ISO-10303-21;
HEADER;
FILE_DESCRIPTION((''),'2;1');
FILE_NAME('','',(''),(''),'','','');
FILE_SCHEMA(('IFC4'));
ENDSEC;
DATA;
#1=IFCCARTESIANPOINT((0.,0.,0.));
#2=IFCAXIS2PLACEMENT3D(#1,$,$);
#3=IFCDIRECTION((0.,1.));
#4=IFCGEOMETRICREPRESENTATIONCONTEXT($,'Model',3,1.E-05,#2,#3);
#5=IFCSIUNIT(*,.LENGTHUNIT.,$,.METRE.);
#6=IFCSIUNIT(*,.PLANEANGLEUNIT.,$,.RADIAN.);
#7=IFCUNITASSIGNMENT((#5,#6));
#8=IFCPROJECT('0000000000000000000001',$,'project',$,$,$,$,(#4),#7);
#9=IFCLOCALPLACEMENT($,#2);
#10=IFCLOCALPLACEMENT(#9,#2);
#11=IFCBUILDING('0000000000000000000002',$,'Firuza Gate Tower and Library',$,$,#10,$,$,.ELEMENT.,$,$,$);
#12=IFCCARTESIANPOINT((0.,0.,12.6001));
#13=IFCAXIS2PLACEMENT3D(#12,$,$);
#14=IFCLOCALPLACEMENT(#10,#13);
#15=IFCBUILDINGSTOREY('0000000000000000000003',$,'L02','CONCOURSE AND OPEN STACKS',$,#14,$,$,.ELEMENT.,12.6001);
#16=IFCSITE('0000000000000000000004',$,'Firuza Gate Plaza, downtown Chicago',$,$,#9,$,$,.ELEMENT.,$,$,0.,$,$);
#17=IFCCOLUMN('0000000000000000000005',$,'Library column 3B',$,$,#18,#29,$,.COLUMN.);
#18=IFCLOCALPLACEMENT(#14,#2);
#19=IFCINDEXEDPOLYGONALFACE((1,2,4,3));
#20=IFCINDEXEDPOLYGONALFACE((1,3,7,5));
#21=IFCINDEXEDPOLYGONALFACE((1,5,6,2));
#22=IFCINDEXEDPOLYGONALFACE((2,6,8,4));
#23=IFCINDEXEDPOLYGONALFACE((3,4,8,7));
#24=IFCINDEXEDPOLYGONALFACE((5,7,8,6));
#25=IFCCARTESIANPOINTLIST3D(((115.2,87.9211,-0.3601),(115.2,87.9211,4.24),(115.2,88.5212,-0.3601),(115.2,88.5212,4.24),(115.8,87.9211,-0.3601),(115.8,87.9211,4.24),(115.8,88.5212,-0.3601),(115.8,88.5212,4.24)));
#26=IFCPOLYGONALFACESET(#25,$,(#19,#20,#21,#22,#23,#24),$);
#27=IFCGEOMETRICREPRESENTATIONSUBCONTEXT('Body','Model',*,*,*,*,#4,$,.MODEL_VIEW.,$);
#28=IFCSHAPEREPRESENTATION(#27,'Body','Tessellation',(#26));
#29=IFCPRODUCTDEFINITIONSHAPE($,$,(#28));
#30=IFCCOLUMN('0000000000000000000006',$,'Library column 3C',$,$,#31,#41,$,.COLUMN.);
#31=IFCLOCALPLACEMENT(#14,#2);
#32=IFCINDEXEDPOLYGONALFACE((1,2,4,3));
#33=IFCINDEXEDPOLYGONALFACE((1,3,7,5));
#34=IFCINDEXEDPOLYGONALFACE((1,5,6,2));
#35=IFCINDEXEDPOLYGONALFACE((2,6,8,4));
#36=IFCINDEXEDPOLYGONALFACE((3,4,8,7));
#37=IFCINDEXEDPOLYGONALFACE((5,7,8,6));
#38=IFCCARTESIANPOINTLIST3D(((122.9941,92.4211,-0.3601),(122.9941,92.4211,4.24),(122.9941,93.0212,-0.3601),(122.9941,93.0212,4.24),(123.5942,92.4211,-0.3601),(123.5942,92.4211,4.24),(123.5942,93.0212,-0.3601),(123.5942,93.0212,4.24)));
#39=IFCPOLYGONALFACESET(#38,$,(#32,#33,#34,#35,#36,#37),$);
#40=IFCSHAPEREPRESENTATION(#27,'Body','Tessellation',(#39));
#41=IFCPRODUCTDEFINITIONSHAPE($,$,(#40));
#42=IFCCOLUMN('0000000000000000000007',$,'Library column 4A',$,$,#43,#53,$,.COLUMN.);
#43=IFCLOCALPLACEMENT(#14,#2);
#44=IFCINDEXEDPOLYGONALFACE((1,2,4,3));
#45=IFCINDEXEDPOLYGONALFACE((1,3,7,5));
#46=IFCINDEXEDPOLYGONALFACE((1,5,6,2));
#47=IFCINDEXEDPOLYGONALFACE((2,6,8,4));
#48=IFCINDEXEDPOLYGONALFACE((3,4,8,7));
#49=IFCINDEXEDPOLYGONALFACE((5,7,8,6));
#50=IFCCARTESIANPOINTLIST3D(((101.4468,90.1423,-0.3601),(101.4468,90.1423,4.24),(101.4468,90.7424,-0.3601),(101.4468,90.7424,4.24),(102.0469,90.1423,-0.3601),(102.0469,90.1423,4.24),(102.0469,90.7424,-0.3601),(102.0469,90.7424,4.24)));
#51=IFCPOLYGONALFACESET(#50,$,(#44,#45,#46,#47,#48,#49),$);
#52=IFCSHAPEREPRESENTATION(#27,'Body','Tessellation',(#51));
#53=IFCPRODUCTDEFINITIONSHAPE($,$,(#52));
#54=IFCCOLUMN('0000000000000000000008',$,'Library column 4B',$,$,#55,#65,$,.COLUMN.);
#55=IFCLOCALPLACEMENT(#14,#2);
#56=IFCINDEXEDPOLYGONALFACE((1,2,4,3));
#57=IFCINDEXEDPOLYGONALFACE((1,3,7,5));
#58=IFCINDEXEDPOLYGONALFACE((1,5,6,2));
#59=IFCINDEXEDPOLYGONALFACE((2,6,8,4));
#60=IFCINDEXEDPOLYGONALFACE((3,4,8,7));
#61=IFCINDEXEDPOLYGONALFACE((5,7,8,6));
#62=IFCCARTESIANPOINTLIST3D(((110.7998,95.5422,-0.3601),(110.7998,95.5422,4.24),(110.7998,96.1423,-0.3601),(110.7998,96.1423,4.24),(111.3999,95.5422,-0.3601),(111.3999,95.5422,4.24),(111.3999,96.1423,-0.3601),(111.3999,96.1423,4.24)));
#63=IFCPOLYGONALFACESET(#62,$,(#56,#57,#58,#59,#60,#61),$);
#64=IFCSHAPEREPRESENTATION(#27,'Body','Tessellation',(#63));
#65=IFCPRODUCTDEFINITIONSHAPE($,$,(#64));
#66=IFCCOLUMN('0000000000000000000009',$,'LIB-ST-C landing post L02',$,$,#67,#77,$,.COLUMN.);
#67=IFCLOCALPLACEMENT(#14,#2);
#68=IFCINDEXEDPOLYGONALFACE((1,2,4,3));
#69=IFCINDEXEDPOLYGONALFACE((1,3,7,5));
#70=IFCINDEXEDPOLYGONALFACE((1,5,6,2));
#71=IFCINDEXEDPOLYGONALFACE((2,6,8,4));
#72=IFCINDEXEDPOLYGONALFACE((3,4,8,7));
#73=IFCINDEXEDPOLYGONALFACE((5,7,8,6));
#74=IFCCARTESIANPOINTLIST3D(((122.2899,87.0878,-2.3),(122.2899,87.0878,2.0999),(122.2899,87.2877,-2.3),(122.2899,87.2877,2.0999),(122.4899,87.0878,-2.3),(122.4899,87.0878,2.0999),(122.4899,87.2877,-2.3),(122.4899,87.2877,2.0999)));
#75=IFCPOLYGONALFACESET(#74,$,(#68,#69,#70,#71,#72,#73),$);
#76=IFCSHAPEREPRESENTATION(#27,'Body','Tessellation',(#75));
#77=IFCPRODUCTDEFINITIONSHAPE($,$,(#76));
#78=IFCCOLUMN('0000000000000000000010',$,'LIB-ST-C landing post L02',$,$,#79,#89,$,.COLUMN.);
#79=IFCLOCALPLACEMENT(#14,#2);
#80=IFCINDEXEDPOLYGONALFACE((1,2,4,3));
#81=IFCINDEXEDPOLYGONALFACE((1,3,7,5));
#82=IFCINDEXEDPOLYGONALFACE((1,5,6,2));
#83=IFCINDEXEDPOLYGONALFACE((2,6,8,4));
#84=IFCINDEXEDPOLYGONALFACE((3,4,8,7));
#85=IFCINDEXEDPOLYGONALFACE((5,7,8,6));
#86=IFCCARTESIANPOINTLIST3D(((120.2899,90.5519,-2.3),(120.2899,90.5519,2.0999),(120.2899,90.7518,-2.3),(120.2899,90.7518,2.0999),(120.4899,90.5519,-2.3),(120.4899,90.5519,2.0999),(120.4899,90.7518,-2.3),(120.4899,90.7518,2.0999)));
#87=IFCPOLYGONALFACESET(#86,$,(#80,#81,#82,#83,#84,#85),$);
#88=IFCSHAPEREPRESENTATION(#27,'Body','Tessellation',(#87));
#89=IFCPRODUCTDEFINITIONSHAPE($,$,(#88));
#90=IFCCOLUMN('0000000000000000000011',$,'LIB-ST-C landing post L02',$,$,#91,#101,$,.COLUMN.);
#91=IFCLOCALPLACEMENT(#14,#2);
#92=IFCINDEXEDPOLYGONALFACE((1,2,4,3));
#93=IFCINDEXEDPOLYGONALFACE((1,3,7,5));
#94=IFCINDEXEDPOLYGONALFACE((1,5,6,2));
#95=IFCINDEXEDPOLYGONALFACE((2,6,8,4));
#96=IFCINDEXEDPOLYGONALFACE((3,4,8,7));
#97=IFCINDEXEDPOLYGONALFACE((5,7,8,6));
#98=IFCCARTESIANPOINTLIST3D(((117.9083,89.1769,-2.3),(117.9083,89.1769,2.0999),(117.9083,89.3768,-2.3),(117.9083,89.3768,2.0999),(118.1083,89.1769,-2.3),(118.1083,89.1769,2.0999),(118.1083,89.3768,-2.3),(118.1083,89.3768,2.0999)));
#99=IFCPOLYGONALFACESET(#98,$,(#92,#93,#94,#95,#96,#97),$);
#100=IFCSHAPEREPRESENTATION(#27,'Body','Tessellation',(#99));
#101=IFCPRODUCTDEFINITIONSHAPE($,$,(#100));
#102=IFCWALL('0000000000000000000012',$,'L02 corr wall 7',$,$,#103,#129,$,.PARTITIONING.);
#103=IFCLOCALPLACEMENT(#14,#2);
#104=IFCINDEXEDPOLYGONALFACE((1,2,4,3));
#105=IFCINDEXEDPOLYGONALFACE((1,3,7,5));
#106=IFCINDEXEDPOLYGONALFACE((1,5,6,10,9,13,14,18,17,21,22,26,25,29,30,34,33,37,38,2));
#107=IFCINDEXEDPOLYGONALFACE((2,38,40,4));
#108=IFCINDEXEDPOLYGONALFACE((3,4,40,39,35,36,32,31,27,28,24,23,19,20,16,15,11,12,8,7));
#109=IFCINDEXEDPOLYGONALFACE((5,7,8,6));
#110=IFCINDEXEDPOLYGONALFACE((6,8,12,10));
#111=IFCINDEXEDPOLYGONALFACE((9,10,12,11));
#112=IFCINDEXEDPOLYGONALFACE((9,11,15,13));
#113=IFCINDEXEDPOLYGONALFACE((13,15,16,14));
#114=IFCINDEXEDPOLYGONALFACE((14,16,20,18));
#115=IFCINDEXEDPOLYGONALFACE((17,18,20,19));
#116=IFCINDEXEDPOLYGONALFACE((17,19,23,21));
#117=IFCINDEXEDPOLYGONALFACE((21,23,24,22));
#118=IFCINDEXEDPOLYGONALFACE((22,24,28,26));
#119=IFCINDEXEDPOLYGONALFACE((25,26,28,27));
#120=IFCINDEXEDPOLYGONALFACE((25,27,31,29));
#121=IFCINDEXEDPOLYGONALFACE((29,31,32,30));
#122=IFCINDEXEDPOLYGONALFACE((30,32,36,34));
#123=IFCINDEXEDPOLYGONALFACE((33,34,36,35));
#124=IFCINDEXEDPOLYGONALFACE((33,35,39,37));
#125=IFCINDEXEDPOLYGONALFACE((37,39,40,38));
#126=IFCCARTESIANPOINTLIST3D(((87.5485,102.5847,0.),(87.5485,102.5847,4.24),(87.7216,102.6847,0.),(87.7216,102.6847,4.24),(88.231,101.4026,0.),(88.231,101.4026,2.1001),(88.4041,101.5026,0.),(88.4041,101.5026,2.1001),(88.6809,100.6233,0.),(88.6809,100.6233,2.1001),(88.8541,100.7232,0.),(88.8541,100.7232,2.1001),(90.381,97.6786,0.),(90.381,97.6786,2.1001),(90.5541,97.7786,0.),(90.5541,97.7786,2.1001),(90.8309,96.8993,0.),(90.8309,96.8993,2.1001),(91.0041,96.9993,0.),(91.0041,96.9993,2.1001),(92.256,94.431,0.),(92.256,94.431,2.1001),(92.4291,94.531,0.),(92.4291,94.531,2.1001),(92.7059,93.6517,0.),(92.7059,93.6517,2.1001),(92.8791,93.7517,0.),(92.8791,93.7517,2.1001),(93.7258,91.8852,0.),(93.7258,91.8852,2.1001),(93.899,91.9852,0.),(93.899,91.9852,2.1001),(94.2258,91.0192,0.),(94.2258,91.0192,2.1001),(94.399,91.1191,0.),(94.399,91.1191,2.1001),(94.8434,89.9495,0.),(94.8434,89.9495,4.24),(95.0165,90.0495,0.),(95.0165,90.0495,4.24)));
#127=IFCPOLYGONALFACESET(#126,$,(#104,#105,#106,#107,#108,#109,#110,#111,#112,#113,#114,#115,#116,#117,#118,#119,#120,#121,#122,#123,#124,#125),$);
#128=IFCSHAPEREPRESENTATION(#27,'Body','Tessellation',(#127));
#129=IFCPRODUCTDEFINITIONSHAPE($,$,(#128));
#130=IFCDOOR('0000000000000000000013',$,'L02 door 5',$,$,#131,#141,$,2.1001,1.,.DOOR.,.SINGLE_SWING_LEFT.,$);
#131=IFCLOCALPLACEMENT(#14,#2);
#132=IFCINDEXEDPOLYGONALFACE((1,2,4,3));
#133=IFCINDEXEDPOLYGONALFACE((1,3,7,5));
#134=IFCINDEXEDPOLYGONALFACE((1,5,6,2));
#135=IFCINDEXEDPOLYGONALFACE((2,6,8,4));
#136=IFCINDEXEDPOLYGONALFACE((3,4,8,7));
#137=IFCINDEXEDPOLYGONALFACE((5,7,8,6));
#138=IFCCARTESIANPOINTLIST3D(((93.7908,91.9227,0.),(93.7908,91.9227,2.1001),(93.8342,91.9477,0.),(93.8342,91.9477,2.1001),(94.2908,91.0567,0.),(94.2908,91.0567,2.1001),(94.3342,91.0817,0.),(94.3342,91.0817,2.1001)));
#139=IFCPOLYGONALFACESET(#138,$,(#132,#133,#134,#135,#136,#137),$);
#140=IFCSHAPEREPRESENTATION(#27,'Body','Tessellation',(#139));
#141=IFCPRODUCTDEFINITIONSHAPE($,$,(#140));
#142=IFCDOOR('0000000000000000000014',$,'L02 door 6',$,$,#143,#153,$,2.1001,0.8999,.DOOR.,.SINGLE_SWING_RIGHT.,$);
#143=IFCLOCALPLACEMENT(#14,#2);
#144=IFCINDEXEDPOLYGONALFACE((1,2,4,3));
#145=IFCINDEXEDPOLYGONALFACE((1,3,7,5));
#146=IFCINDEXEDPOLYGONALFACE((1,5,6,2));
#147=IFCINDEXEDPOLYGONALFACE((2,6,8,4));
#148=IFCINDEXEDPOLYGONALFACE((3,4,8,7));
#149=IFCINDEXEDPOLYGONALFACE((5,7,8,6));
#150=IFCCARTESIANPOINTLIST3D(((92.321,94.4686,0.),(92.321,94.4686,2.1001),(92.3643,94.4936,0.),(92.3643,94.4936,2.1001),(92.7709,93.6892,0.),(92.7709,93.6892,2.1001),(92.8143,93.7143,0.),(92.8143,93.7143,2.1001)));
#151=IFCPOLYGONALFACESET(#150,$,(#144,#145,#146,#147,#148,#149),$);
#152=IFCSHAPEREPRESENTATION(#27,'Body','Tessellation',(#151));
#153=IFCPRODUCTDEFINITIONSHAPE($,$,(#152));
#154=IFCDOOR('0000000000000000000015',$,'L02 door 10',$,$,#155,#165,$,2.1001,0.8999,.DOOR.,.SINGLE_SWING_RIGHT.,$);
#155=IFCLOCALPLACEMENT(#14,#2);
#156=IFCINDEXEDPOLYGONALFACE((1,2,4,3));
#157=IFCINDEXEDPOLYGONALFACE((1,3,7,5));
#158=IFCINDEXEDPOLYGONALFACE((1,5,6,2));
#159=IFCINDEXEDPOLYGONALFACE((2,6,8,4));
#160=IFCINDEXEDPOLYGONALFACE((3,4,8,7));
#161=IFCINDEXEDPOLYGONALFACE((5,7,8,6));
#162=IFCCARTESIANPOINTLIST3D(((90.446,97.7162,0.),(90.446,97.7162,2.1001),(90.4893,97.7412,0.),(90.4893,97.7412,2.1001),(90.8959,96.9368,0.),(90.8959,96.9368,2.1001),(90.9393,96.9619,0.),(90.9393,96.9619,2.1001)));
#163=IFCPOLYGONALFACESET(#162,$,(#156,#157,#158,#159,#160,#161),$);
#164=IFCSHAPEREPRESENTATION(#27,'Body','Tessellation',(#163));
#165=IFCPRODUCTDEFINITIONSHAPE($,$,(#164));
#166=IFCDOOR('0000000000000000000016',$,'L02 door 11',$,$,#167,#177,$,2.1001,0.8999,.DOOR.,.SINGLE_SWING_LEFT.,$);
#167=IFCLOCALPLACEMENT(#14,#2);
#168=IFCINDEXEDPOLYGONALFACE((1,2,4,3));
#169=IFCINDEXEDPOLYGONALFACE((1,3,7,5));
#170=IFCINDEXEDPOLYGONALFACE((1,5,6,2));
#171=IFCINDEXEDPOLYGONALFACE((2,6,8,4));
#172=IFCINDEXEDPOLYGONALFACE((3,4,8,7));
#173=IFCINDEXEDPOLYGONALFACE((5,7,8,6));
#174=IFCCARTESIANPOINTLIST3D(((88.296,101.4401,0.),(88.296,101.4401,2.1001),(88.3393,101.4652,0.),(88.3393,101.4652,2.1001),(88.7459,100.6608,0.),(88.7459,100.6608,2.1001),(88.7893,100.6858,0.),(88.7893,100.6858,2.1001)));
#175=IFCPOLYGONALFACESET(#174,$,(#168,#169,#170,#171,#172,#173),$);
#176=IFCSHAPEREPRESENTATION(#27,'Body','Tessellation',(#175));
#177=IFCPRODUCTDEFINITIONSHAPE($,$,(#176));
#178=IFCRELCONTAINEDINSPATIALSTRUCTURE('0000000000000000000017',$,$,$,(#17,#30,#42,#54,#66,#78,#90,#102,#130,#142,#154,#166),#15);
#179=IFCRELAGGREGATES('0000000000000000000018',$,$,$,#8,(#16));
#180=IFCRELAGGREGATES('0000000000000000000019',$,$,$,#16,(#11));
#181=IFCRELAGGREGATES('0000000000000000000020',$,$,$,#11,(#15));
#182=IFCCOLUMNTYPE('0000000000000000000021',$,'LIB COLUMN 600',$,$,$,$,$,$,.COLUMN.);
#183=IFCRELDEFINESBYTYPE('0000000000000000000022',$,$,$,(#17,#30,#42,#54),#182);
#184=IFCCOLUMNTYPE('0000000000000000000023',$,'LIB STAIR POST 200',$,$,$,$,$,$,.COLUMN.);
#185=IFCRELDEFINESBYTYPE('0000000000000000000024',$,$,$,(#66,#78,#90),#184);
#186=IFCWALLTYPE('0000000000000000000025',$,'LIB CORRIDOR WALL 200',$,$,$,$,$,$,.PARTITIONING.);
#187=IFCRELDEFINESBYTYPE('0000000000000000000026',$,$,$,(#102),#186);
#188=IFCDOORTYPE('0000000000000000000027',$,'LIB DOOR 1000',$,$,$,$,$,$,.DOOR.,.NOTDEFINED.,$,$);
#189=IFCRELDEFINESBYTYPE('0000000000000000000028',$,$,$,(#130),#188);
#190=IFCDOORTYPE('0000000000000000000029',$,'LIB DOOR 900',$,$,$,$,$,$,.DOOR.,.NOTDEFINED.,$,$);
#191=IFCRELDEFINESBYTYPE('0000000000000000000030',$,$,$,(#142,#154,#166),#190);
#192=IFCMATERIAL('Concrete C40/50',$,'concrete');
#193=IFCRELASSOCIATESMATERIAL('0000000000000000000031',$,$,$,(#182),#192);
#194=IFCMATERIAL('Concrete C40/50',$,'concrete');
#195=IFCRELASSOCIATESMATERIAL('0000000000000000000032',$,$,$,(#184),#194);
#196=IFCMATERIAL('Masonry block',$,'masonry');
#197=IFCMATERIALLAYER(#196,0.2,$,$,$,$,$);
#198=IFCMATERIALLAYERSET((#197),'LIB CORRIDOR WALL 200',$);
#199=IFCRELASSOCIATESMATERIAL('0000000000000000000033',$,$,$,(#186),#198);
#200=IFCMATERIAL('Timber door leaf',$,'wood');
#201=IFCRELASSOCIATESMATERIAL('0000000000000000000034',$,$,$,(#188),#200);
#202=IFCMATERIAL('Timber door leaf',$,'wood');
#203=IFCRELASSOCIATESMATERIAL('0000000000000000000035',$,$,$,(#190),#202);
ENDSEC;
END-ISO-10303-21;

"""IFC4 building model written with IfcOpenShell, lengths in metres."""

from ifc_helpers import new_model, si_unit, direction, frame, frame_2d, origin, origin_2d, place, context, subcontext, project, spatial, rectangle, extrude, material, layer, layer_set, material_profile, profile_set, type_object, element, fill, save


model = new_model("IFC4")

# Units and contexts
model_context = context("Model", 3, precision=1e-05, world=origin(), true_north=direction((0.0, 1.0)))
body_context = subcontext(model_context, "Body", "Model", "MODEL_VIEW")
ifc_project = project(units=[si_unit("LENGTHUNIT", "METRE"), si_unit("PLANEANGLEUNIT", "RADIAN")], contexts=[model_context])

# Site, building, storey
site_placement = place(None, origin())
site = spatial("IfcSite", under=ifc_project, at=site_placement, Name="Firuza Gate Plaza, downtown Chicago", CompositionType="ELEMENT", RefElevation=0.0)
building_placement = place(site_placement, origin())
building = spatial("IfcBuilding", under=site, at=building_placement, Name="Firuza Gate Tower and Library", CompositionType="ELEMENT")
storey_placement = place(building_placement, frame((0.0, 0.0, 12.6001)))
storey = spatial("IfcBuildingStorey", under=building, at=storey_placement, Name="L02", Description="CONCOURSE AND OPEN STACKS", CompositionType="ELEMENT", Elevation=12.6001)

# Columns
ifc_material_1 = material(Name="Concrete C40/50", Category="concrete")
ifc_material_profile_1 = material_profile(ifc_material_1, rectangle(XDim=0.6001, YDim=0.6001, at=origin_2d()))
ifc_profile_set_1 = profile_set([ifc_material_profile_1], Name="Concrete C40/50")
column_type_1 = type_object("IfcColumnType", Name="LIB COLUMN 600", PredefinedType="COLUMN", material=ifc_profile_set_1)
for number, where, z_axis, x_axis, name in (
    (1, (115.5, 88.2212, -0.3601), (0.0, 0.0, 1.0), (1.0, 0.0, 0.0), "Library column 3B"),
    (2, (123.2942, 92.7212, -0.3601), (0.0, 0.0, 1.0), (1.0, 0.0, 0.0), "Library column 3C"),
    (3, (101.7468, 90.4424, -0.3601), (0.0, 0.0, 1.0), (1.0, 0.0, 0.0), "Library column 4A"),
    (4, (111.0999, 95.8423, -0.3601), (0.0, 0.0, 1.0), (1.0, 0.0, 0.0), "Library column 4B"),
):
    element("IfcColumn", number, at=place(storey_placement, frame(where, z_axis=z_axis, x_axis=x_axis)), inside=storey, type_object=column_type_1, Name=name, PredefinedType="COLUMN", context=body_context, shape_type="SweptSolid", body=[
        extrude(rectangle(XDim=0.6001, YDim=0.6001, at=origin_2d()), origin(), (0.0, 0.0, 1.0), 4.6001),
    ])
ifc_material_2 = material(Name="Concrete C40/50", Category="concrete")
ifc_material_profile_2 = material_profile(ifc_material_2, rectangle(XDim=0.2, YDim=0.2, at=origin_2d()))
ifc_profile_set_2 = profile_set([ifc_material_profile_2], Name="Concrete C40/50")
column_type_2 = type_object("IfcColumnType", Name="LIB STAIR POST 200", PredefinedType="COLUMN", material=ifc_profile_set_2)
for number, where, z_axis, x_axis, name in (
    (5, (122.3899, 87.1877, -2.3), (0.0, 0.0, 1.0), (1.0, 0.0, 0.0), "LIB-ST-C landing post L02"),
    (6, (120.3899, 90.6519, -2.3), (0.0, 0.0, 1.0), (1.0, 0.0, 0.0), "LIB-ST-C landing post L02"),
    (7, (118.0083, 89.2769, -2.3), (0.0, 0.0, 1.0), (1.0, 0.0, 0.0), "LIB-ST-C landing post L02"),
):
    element("IfcColumn", number, at=place(storey_placement, frame(where, z_axis=z_axis, x_axis=x_axis)), inside=storey, type_object=column_type_2, Name=name, PredefinedType="COLUMN", context=body_context, shape_type="SweptSolid", body=[
        extrude(rectangle(XDim=0.2, YDim=0.2, at=origin_2d()), origin(), (0.0, 0.0, 1.0), 4.3999),
    ])

# Wall, openings, doors
ifc_material_3 = material(Name="Masonry block", Category="masonry")
ifc_layer_1 = layer(ifc_material_3, 0.2)
ifc_layer_set_1 = layer_set([ifc_layer_1], Name="LIB CORRIDOR WALL 200")
wall_type_1 = type_object("IfcWallType", Name="LIB CORRIDOR WALL 200", PredefinedType="PARTITIONING", material=ifc_layer_set_1)
wall_1_placement = place(storey_placement, frame((94.9299, 89.9995, 0.0), z_axis=(0.0, 0.0, 1.0), x_axis=(-0.499998, 0.866027, 0.0)))
wall_1 = element("IfcWall", 8, at=wall_1_placement, inside=storey, type_object=wall_type_1, Name="L02 corr wall 7", PredefinedType="PARTITIONING", context=body_context, shape_type="SweptSolid", body=[
    extrude(rectangle(XDim=14.5898, YDim=0.2, at=frame_2d((7.2949, 0.0))), origin(), (0.0, 0.0, 1.0), 4.24),
])
opening_1_placement = place(wall_1_placement, frame((1.2351, 0.0, 0.0)))
opening_1 = element("IfcOpeningElement", 9, at=opening_1_placement, cuts=wall_1, PredefinedType="OPENING", context=body_context, shape_type="SweptSolid", body=[
    extrude(rectangle(XDim=1.0, YDim=2.1001, at=frame_2d((0.5, 1.05))), frame((0.0, 0.1099, 0.0), z_axis=(0.0, -1.0, 0.0), x_axis=(1.0, 0.0, 0.0)), (0.0, 0.0, 1.0), 0.22),
])
opening_2_placement = place(wall_1_placement, frame((4.2749, 0.0, 0.0)))
opening_2 = element("IfcOpeningElement", 10, at=opening_2_placement, cuts=wall_1, PredefinedType="OPENING", context=body_context, shape_type="SweptSolid", body=[
    extrude(rectangle(XDim=0.8999, YDim=2.1001, at=frame_2d((0.45, 1.05))), frame((0.0, 0.1099, 0.0), z_axis=(0.0, -1.0, 0.0), x_axis=(1.0, 0.0, 0.0)), (0.0, 0.0, 1.0), 0.22),
])
opening_3_placement = place(wall_1_placement, frame((8.0249, 0.0, 0.0)))
opening_3 = element("IfcOpeningElement", 11, at=opening_3_placement, cuts=wall_1, PredefinedType="OPENING", context=body_context, shape_type="SweptSolid", body=[
    extrude(rectangle(XDim=0.8999, YDim=2.1001, at=frame_2d((0.45, 1.05))), frame((0.0, 0.1099, 0.0), z_axis=(0.0, -1.0, 0.0), x_axis=(1.0, 0.0, 0.0)), (0.0, 0.0, 1.0), 0.22),
])
opening_4_placement = place(wall_1_placement, frame((12.325, 0.0, 0.0)))
opening_4 = element("IfcOpeningElement", 12, at=opening_4_placement, cuts=wall_1, PredefinedType="OPENING", context=body_context, shape_type="SweptSolid", body=[
    extrude(rectangle(XDim=0.8999, YDim=2.1001, at=frame_2d((0.45, 1.05))), frame((0.0, 0.1099, 0.0), z_axis=(0.0, -1.0, 0.0), x_axis=(1.0, 0.0, 0.0)), (0.0, 0.0, 1.0), 0.22),
])
ifc_material_4 = material(Name="Timber door leaf", Category="wood")
door_type_1 = type_object("IfcDoorType", Name="LIB DOOR 1000", OperationType="NOTDEFINED", PredefinedType="DOOR", material=ifc_material_4)
door_1_placement = place(opening_1_placement, origin())
door_1 = element("IfcDoor", 13, at=door_1_placement, inside=storey, type_object=door_type_1, Name="L02 door 5", OperationType="SINGLE_SWING_LEFT", OverallHeight=2.1001, OverallWidth=1.0, PredefinedType="DOOR", context=body_context, shape_type="SweptSolid", body=[
    extrude(rectangle(XDim=1.0, YDim=2.1001, at=frame_2d((0.5, 1.05))), frame((0.0, 0.0249, 0.0), z_axis=(0.0, -1.0, 0.0), x_axis=(1.0, 0.0, 0.0)), (0.0, 0.0, 1.0), 0.05),
])
fill(opening_1, door_1)
ifc_material_5 = material(Name="Timber door leaf", Category="wood")
door_type_2 = type_object("IfcDoorType", Name="LIB DOOR 900", OperationType="NOTDEFINED", PredefinedType="DOOR", material=ifc_material_5)
door_2_placement = place(opening_2_placement, origin())
door_2 = element("IfcDoor", 14, at=door_2_placement, inside=storey, type_object=door_type_2, Name="L02 door 6", OperationType="SINGLE_SWING_RIGHT", OverallHeight=2.1001, OverallWidth=0.8999, PredefinedType="DOOR", context=body_context, shape_type="SweptSolid", body=[
    extrude(rectangle(XDim=0.8999, YDim=2.1001, at=frame_2d((0.45, 1.05))), frame((0.0, 0.0249, 0.0), z_axis=(0.0, -1.0, 0.0), x_axis=(1.0, 0.0, 0.0)), (0.0, 0.0, 1.0), 0.05),
])
fill(opening_2, door_2)
door_3_placement = place(opening_3_placement, origin())
door_3 = element("IfcDoor", 15, at=door_3_placement, inside=storey, type_object=door_type_2, Name="L02 door 10", OperationType="SINGLE_SWING_RIGHT", OverallHeight=2.1001, OverallWidth=0.8999, PredefinedType="DOOR", context=body_context, shape_type="SweptSolid", body=[
    extrude(rectangle(XDim=0.8999, YDim=2.1001, at=frame_2d((0.45, 1.05))), frame((0.0, 0.0249, 0.0), z_axis=(0.0, -1.0, 0.0), x_axis=(1.0, 0.0, 0.0)), (0.0, 0.0, 1.0), 0.05),
])
fill(opening_3, door_3)
door_4_placement = place(opening_4_placement, origin())
door_4 = element("IfcDoor", 16, at=door_4_placement, inside=storey, type_object=door_type_2, Name="L02 door 11", OperationType="SINGLE_SWING_LEFT", OverallHeight=2.1001, OverallWidth=0.8999, PredefinedType="DOOR", context=body_context, shape_type="SweptSolid", body=[
    extrude(rectangle(XDim=0.8999, YDim=2.1001, at=frame_2d((0.45, 1.05))), frame((0.0, 0.0249, 0.0), z_axis=(0.0, -1.0, 0.0), x_axis=(1.0, 0.0, 0.0)), (0.0, 0.0, 1.0), 0.05),
])
fill(opening_4, door_4)

save(model, "model.ifc")
